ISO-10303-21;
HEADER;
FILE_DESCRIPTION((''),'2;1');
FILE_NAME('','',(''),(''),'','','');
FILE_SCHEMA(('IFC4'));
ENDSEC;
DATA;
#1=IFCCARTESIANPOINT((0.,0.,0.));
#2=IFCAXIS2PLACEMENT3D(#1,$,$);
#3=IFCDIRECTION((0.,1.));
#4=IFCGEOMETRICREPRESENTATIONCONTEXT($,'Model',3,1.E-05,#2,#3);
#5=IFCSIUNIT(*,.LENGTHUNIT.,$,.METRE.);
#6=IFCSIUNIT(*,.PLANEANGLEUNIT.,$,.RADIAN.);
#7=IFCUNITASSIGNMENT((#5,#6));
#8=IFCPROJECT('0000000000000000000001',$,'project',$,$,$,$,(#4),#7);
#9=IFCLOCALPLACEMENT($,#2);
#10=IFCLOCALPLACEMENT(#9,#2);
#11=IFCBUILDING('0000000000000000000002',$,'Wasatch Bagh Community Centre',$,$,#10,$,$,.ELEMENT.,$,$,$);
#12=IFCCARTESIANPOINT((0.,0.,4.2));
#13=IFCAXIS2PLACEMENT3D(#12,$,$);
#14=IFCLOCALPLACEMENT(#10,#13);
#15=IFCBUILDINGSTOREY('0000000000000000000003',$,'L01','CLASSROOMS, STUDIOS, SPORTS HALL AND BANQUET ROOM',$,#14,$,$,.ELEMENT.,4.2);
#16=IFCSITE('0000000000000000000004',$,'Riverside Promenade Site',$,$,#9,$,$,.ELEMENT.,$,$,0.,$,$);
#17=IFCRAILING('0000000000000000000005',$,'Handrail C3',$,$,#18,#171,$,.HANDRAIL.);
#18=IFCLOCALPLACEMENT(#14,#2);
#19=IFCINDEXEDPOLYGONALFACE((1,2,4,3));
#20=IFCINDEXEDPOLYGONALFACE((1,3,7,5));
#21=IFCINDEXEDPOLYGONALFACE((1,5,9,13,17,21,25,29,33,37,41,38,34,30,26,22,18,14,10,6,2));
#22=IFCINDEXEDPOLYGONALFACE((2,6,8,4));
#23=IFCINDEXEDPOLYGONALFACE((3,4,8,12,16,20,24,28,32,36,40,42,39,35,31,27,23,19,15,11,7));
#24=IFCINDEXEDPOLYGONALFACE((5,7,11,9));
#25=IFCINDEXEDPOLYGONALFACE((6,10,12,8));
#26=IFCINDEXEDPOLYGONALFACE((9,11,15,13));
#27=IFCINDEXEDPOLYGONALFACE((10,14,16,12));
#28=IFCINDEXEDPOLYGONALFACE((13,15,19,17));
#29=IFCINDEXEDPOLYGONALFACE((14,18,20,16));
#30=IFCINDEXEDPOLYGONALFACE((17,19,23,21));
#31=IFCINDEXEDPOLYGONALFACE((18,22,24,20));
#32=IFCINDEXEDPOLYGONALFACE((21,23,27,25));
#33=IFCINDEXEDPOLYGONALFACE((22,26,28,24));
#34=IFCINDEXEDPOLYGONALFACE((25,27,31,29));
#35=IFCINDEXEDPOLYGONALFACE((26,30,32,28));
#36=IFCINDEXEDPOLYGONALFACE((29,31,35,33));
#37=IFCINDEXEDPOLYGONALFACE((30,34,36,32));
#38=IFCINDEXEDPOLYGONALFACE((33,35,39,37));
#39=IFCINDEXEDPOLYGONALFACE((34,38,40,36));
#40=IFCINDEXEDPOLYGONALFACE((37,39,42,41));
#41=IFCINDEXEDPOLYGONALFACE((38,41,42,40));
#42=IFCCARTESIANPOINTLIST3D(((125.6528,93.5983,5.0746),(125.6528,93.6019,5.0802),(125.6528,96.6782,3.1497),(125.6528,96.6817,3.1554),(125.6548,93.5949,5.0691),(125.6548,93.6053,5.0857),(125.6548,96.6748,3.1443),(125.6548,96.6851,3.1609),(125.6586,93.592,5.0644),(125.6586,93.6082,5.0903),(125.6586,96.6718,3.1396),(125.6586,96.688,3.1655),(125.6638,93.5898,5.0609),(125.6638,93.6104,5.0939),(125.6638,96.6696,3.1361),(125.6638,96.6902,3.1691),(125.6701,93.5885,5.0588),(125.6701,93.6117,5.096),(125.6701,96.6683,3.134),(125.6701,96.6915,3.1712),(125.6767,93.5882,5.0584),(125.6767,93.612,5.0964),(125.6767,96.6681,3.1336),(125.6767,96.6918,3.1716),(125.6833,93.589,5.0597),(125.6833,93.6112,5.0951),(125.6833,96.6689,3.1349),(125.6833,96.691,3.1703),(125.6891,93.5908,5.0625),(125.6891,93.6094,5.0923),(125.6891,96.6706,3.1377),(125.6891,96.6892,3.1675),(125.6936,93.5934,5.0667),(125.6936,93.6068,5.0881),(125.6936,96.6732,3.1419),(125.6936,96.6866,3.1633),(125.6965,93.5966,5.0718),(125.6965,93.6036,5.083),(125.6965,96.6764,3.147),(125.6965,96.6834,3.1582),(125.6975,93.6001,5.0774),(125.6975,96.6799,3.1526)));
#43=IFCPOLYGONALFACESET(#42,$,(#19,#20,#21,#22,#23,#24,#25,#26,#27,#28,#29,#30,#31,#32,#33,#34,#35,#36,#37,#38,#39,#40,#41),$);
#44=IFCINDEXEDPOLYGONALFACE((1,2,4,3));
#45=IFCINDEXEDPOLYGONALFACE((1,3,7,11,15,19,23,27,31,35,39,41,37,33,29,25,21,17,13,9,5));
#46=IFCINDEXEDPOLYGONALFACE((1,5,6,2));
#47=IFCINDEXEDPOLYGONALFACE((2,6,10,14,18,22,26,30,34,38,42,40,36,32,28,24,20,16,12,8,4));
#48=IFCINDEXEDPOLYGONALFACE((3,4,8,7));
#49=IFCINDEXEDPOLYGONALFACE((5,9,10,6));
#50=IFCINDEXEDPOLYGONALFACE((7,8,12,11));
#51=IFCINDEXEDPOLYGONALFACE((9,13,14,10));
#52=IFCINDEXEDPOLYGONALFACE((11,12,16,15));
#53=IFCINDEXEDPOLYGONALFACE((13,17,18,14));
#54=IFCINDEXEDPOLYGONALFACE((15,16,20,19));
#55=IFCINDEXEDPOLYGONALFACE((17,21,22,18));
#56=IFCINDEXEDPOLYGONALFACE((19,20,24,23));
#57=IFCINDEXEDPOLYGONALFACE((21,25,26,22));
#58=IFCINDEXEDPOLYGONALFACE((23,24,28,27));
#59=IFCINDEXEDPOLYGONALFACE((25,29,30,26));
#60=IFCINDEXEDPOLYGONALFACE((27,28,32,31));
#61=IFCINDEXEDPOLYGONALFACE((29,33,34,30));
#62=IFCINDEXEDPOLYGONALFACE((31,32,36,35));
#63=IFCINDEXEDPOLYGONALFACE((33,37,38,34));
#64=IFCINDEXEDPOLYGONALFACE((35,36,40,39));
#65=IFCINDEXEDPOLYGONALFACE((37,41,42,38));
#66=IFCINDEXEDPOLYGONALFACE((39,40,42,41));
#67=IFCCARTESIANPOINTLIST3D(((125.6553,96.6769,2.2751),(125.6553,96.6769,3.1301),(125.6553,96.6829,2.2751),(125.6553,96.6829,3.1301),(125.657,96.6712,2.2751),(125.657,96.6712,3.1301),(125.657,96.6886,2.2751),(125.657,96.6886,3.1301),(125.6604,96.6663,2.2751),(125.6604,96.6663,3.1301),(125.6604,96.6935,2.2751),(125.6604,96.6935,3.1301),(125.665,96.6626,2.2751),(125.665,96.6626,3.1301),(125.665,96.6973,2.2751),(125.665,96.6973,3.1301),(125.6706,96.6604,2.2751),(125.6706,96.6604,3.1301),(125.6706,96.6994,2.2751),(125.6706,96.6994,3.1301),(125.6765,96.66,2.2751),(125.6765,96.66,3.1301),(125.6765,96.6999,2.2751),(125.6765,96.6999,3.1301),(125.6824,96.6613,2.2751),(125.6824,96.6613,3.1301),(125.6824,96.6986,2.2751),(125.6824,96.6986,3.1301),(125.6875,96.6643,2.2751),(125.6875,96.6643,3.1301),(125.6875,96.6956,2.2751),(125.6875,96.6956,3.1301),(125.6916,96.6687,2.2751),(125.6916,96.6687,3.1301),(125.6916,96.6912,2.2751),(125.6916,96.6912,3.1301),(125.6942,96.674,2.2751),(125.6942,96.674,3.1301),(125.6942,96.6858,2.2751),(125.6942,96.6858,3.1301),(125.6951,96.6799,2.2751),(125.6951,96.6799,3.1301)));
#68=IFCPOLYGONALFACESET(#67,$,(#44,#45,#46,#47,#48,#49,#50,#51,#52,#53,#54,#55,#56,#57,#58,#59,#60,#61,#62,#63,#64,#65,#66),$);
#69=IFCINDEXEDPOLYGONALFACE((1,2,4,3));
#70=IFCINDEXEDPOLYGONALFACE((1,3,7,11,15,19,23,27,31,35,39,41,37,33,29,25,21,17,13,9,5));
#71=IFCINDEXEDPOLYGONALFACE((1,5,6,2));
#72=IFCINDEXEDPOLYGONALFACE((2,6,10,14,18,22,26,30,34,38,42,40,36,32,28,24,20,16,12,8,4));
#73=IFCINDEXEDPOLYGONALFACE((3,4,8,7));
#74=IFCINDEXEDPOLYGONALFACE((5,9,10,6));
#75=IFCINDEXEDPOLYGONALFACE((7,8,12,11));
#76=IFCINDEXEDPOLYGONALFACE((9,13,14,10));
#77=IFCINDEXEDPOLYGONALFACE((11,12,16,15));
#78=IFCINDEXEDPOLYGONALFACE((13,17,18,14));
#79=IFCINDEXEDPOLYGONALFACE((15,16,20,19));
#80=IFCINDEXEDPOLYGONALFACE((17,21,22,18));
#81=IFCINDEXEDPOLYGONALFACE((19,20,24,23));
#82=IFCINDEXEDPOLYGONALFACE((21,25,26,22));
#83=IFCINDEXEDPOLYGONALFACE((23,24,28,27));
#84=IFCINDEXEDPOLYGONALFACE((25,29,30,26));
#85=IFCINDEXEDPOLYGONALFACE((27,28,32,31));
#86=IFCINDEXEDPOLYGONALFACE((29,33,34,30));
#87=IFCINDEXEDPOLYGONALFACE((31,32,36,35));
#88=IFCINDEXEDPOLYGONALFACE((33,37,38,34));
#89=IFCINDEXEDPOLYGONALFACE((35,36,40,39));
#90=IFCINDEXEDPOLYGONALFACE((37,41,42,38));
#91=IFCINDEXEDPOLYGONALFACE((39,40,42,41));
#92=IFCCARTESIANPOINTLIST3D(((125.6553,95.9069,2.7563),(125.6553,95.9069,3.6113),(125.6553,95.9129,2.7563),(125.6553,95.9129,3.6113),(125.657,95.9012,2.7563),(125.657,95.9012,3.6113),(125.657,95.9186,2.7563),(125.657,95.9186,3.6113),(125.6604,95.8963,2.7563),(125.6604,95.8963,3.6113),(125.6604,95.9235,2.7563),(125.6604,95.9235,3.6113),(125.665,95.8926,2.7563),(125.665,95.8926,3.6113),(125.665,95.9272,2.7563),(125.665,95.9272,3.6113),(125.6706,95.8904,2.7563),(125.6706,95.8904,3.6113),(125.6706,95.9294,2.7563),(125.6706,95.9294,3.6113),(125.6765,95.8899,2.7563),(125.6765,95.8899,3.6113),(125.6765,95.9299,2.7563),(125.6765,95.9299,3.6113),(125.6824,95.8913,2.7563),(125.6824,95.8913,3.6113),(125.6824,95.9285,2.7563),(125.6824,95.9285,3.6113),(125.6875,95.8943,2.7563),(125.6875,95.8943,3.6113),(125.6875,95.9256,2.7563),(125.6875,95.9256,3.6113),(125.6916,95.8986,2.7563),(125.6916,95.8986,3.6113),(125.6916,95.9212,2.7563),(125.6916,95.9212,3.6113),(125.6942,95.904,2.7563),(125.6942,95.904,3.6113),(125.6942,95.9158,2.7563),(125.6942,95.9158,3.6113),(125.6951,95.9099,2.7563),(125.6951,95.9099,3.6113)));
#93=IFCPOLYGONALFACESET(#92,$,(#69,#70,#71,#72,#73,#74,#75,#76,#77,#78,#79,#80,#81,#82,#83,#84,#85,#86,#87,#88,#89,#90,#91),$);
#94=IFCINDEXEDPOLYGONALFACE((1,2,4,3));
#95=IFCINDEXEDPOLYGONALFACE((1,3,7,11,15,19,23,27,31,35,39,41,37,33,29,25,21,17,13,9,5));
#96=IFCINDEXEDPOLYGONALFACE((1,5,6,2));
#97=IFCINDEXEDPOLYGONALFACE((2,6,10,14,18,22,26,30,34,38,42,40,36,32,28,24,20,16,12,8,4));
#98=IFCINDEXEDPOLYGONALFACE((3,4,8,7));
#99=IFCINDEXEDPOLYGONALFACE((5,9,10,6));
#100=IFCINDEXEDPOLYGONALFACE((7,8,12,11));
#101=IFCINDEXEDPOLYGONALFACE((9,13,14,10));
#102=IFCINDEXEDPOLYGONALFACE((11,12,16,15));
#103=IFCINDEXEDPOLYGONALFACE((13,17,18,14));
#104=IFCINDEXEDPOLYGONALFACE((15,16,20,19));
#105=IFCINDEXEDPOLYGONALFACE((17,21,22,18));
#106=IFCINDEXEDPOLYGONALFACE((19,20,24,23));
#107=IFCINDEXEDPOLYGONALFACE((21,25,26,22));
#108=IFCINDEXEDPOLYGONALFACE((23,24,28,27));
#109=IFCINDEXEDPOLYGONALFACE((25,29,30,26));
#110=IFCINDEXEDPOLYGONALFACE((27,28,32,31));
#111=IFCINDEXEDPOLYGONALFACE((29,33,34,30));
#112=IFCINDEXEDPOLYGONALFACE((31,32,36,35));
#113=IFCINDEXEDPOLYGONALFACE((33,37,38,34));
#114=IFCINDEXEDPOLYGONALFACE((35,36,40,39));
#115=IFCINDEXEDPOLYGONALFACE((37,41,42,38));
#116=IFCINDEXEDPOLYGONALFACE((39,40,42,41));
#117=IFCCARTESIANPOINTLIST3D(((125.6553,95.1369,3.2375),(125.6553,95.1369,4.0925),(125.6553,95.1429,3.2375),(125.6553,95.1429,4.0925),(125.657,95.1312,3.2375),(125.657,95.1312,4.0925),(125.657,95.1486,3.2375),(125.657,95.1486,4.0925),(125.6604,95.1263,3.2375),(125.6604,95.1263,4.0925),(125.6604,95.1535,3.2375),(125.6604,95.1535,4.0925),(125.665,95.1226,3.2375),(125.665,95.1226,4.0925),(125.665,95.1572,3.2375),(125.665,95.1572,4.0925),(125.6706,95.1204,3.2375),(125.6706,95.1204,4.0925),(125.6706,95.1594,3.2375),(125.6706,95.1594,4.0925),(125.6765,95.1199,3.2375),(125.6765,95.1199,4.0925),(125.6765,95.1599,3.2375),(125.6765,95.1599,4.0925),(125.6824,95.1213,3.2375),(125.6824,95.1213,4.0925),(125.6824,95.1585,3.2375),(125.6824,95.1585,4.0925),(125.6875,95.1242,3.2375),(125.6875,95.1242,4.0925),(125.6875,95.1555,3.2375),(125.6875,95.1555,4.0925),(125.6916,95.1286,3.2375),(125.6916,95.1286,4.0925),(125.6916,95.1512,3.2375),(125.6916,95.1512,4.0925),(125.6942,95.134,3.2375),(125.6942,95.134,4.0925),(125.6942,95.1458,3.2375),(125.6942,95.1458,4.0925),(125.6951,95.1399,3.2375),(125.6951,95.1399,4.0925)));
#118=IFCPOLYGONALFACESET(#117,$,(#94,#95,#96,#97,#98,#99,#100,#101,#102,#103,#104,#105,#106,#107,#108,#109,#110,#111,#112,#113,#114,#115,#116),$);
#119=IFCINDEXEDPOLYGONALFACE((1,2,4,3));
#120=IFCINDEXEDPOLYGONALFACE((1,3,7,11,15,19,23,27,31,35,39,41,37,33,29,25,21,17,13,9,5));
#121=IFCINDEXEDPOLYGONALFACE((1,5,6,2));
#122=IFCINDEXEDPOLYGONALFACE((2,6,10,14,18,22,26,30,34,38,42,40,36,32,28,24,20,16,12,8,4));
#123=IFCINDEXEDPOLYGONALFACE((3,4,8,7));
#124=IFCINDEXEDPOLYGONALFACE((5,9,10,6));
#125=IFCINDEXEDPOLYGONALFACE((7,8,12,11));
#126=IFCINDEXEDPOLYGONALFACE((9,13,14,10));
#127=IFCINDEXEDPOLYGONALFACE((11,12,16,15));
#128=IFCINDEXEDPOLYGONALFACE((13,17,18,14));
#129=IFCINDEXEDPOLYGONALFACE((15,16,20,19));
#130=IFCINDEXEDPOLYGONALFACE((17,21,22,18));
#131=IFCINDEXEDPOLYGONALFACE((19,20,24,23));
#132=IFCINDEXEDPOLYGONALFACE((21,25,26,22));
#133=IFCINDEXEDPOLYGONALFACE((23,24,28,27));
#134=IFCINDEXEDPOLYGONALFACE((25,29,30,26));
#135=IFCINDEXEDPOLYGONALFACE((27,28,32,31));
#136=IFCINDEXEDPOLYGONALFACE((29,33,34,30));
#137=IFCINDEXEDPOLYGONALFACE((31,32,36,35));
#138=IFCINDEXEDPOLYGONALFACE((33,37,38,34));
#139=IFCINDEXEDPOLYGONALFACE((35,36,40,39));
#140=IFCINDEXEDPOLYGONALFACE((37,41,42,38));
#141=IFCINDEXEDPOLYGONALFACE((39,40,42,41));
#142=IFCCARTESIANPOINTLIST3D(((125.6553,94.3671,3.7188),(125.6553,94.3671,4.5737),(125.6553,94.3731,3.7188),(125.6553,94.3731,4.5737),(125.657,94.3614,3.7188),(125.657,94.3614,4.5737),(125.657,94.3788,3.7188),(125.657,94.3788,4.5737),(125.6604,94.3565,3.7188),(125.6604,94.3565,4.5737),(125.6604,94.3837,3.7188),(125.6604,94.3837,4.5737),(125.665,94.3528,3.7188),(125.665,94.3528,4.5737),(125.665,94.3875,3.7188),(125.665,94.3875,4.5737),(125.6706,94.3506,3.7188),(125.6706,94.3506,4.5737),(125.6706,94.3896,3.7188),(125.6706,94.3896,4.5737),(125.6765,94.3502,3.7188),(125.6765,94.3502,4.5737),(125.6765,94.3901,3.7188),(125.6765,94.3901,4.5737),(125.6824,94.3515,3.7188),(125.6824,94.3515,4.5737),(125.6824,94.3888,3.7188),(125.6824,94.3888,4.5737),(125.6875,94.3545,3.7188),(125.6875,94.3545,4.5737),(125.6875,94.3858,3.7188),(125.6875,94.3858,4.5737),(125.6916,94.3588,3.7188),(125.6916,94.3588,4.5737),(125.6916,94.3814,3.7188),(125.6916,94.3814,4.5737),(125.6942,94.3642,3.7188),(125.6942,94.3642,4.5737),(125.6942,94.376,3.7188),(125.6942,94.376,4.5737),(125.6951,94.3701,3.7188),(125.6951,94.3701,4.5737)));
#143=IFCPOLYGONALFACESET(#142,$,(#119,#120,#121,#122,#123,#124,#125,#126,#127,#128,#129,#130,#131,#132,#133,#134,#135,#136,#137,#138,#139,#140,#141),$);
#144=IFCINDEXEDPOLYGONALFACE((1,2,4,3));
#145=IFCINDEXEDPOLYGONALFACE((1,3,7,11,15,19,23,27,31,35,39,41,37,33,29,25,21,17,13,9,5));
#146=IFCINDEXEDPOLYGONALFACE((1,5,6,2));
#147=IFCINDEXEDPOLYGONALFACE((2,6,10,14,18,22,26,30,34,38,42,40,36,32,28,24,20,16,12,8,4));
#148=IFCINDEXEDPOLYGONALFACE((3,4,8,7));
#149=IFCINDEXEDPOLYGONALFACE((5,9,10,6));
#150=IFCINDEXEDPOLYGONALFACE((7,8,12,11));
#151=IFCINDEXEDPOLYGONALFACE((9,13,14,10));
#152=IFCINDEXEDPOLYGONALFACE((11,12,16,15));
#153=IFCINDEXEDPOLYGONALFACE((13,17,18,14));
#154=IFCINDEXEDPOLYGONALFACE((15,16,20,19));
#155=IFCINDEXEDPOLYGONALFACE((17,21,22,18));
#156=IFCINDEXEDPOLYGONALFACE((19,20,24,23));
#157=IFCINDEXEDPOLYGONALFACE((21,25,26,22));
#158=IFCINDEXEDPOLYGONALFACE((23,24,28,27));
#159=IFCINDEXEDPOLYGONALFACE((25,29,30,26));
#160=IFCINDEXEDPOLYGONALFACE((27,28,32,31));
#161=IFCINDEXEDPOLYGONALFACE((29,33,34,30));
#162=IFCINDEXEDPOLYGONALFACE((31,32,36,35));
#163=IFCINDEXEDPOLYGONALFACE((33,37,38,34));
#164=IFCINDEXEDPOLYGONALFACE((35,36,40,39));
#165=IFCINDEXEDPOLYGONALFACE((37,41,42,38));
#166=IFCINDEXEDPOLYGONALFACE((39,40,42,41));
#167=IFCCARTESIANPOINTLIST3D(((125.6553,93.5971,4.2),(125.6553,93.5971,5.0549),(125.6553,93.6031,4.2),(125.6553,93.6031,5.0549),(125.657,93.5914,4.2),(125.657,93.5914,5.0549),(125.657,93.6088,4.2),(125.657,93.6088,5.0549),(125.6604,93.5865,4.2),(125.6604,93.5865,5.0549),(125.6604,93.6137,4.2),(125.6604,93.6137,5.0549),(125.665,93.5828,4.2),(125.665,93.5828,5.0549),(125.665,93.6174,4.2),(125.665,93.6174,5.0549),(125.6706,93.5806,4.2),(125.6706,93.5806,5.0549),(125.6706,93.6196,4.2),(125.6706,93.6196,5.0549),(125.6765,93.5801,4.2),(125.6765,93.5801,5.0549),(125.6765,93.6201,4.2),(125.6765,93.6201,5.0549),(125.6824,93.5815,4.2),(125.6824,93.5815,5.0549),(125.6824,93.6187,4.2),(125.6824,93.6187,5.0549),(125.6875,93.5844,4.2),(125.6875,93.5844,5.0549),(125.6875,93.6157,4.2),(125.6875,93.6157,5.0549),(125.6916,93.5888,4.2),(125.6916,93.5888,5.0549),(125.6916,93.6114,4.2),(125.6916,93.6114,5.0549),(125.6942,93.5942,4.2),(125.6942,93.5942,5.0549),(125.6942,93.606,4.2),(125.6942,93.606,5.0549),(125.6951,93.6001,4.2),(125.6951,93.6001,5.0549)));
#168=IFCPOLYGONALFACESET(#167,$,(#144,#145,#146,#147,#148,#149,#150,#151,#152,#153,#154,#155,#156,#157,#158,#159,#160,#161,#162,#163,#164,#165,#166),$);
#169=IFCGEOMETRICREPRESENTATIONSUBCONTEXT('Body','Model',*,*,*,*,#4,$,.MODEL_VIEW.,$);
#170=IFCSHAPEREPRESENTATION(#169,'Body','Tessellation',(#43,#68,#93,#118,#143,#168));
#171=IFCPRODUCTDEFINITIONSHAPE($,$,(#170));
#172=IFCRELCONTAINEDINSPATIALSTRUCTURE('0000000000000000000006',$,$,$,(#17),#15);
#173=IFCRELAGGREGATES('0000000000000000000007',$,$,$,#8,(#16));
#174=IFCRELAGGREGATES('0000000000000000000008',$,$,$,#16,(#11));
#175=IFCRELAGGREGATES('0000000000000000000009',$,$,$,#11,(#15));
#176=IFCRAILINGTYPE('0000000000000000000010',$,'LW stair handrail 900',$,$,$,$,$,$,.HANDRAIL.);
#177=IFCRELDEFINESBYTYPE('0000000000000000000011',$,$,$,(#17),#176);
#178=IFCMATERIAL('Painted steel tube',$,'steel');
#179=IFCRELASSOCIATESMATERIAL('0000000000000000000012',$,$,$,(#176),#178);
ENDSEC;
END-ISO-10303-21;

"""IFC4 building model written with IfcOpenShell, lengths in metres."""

from ifc_helpers import new_model, si_unit, direction, frame, origin, origin_2d, place, context, subcontext, project, spatial, circle, extrude, material, type_object, element, save


model = new_model("IFC4")

# Units and contexts
model_context = context("Model", 3, precision=1e-05, world=origin(), true_north=direction((0.0, 1.0)))
body_context = subcontext(model_context, "Body", "Model", "MODEL_VIEW")
ifc_project = project(units=[si_unit("LENGTHUNIT", "METRE"), si_unit("PLANEANGLEUNIT", "RADIAN")], contexts=[model_context])

# Site, building, storey
site_placement = place(None, origin())
site = spatial("IfcSite", under=ifc_project, at=site_placement, Name="Riverside Promenade Site", CompositionType="ELEMENT", RefElevation=0.0)
building_placement = place(site_placement, origin())
building = spatial("IfcBuilding", under=site, at=building_placement, Name="Wasatch Bagh Community Centre", CompositionType="ELEMENT")
storey_placement = place(building_placement, frame((0.0, 0.0, 4.2)))
storey = spatial("IfcBuildingStorey", under=building, at=storey_placement, Name="L01", Description="CLASSROOMS, STUDIOS, SPORTS HALL AND BANQUET ROOM", CompositionType="ELEMENT", Elevation=4.2)

# Railing
ifc_material_1 = material(Name="Painted steel tube", Category="steel")
railing_type_1 = type_object("IfcRailingType", Name="LW stair handrail 900", PredefinedType="HANDRAIL", material=ifc_material_1)
for number, where, name in (
    (1, (125.675, 96.6799, 2.2751), "Handrail C3"),
):
    element("IfcRailing", number, at=place(storey_placement, frame(where)), inside=storey, type_object=railing_type_1, Name=name, PredefinedType="HANDRAIL", context=body_context, shape_type="SweptSolid", body=[
        extrude(circle(Radius=0.0225, at=origin_2d()), frame((0.0, 0.0, 0.8774), z_axis=(0.0, -0.84801, 0.529981), x_axis=(1.0, 0.0, 0.0)), (0.0, 0.0, 1.0), 3.6318),
        extrude(circle(Radius=0.02, at=origin_2d()), origin(), (0.0, 0.0, 1.0), 0.855),
        extrude(circle(Radius=0.02, at=origin_2d()), frame((0.0, -0.77, 0.4812)), (0.0, 0.0, 1.0), 0.855),
        extrude(circle(Radius=0.02, at=origin_2d()), frame((0.0, -1.54, 0.9624)), (0.0, 0.0, 1.0), 0.855),
        extrude(circle(Radius=0.02, at=origin_2d()), frame((0.0, -2.3098, 1.4436)), (0.0, 0.0, 1.0), 0.855),
        extrude(circle(Radius=0.02, at=origin_2d()), frame((0.0, -3.0798, 1.9248)), (0.0, 0.0, 1.0), 0.855),
    ])

save(model, "model.ifc")
